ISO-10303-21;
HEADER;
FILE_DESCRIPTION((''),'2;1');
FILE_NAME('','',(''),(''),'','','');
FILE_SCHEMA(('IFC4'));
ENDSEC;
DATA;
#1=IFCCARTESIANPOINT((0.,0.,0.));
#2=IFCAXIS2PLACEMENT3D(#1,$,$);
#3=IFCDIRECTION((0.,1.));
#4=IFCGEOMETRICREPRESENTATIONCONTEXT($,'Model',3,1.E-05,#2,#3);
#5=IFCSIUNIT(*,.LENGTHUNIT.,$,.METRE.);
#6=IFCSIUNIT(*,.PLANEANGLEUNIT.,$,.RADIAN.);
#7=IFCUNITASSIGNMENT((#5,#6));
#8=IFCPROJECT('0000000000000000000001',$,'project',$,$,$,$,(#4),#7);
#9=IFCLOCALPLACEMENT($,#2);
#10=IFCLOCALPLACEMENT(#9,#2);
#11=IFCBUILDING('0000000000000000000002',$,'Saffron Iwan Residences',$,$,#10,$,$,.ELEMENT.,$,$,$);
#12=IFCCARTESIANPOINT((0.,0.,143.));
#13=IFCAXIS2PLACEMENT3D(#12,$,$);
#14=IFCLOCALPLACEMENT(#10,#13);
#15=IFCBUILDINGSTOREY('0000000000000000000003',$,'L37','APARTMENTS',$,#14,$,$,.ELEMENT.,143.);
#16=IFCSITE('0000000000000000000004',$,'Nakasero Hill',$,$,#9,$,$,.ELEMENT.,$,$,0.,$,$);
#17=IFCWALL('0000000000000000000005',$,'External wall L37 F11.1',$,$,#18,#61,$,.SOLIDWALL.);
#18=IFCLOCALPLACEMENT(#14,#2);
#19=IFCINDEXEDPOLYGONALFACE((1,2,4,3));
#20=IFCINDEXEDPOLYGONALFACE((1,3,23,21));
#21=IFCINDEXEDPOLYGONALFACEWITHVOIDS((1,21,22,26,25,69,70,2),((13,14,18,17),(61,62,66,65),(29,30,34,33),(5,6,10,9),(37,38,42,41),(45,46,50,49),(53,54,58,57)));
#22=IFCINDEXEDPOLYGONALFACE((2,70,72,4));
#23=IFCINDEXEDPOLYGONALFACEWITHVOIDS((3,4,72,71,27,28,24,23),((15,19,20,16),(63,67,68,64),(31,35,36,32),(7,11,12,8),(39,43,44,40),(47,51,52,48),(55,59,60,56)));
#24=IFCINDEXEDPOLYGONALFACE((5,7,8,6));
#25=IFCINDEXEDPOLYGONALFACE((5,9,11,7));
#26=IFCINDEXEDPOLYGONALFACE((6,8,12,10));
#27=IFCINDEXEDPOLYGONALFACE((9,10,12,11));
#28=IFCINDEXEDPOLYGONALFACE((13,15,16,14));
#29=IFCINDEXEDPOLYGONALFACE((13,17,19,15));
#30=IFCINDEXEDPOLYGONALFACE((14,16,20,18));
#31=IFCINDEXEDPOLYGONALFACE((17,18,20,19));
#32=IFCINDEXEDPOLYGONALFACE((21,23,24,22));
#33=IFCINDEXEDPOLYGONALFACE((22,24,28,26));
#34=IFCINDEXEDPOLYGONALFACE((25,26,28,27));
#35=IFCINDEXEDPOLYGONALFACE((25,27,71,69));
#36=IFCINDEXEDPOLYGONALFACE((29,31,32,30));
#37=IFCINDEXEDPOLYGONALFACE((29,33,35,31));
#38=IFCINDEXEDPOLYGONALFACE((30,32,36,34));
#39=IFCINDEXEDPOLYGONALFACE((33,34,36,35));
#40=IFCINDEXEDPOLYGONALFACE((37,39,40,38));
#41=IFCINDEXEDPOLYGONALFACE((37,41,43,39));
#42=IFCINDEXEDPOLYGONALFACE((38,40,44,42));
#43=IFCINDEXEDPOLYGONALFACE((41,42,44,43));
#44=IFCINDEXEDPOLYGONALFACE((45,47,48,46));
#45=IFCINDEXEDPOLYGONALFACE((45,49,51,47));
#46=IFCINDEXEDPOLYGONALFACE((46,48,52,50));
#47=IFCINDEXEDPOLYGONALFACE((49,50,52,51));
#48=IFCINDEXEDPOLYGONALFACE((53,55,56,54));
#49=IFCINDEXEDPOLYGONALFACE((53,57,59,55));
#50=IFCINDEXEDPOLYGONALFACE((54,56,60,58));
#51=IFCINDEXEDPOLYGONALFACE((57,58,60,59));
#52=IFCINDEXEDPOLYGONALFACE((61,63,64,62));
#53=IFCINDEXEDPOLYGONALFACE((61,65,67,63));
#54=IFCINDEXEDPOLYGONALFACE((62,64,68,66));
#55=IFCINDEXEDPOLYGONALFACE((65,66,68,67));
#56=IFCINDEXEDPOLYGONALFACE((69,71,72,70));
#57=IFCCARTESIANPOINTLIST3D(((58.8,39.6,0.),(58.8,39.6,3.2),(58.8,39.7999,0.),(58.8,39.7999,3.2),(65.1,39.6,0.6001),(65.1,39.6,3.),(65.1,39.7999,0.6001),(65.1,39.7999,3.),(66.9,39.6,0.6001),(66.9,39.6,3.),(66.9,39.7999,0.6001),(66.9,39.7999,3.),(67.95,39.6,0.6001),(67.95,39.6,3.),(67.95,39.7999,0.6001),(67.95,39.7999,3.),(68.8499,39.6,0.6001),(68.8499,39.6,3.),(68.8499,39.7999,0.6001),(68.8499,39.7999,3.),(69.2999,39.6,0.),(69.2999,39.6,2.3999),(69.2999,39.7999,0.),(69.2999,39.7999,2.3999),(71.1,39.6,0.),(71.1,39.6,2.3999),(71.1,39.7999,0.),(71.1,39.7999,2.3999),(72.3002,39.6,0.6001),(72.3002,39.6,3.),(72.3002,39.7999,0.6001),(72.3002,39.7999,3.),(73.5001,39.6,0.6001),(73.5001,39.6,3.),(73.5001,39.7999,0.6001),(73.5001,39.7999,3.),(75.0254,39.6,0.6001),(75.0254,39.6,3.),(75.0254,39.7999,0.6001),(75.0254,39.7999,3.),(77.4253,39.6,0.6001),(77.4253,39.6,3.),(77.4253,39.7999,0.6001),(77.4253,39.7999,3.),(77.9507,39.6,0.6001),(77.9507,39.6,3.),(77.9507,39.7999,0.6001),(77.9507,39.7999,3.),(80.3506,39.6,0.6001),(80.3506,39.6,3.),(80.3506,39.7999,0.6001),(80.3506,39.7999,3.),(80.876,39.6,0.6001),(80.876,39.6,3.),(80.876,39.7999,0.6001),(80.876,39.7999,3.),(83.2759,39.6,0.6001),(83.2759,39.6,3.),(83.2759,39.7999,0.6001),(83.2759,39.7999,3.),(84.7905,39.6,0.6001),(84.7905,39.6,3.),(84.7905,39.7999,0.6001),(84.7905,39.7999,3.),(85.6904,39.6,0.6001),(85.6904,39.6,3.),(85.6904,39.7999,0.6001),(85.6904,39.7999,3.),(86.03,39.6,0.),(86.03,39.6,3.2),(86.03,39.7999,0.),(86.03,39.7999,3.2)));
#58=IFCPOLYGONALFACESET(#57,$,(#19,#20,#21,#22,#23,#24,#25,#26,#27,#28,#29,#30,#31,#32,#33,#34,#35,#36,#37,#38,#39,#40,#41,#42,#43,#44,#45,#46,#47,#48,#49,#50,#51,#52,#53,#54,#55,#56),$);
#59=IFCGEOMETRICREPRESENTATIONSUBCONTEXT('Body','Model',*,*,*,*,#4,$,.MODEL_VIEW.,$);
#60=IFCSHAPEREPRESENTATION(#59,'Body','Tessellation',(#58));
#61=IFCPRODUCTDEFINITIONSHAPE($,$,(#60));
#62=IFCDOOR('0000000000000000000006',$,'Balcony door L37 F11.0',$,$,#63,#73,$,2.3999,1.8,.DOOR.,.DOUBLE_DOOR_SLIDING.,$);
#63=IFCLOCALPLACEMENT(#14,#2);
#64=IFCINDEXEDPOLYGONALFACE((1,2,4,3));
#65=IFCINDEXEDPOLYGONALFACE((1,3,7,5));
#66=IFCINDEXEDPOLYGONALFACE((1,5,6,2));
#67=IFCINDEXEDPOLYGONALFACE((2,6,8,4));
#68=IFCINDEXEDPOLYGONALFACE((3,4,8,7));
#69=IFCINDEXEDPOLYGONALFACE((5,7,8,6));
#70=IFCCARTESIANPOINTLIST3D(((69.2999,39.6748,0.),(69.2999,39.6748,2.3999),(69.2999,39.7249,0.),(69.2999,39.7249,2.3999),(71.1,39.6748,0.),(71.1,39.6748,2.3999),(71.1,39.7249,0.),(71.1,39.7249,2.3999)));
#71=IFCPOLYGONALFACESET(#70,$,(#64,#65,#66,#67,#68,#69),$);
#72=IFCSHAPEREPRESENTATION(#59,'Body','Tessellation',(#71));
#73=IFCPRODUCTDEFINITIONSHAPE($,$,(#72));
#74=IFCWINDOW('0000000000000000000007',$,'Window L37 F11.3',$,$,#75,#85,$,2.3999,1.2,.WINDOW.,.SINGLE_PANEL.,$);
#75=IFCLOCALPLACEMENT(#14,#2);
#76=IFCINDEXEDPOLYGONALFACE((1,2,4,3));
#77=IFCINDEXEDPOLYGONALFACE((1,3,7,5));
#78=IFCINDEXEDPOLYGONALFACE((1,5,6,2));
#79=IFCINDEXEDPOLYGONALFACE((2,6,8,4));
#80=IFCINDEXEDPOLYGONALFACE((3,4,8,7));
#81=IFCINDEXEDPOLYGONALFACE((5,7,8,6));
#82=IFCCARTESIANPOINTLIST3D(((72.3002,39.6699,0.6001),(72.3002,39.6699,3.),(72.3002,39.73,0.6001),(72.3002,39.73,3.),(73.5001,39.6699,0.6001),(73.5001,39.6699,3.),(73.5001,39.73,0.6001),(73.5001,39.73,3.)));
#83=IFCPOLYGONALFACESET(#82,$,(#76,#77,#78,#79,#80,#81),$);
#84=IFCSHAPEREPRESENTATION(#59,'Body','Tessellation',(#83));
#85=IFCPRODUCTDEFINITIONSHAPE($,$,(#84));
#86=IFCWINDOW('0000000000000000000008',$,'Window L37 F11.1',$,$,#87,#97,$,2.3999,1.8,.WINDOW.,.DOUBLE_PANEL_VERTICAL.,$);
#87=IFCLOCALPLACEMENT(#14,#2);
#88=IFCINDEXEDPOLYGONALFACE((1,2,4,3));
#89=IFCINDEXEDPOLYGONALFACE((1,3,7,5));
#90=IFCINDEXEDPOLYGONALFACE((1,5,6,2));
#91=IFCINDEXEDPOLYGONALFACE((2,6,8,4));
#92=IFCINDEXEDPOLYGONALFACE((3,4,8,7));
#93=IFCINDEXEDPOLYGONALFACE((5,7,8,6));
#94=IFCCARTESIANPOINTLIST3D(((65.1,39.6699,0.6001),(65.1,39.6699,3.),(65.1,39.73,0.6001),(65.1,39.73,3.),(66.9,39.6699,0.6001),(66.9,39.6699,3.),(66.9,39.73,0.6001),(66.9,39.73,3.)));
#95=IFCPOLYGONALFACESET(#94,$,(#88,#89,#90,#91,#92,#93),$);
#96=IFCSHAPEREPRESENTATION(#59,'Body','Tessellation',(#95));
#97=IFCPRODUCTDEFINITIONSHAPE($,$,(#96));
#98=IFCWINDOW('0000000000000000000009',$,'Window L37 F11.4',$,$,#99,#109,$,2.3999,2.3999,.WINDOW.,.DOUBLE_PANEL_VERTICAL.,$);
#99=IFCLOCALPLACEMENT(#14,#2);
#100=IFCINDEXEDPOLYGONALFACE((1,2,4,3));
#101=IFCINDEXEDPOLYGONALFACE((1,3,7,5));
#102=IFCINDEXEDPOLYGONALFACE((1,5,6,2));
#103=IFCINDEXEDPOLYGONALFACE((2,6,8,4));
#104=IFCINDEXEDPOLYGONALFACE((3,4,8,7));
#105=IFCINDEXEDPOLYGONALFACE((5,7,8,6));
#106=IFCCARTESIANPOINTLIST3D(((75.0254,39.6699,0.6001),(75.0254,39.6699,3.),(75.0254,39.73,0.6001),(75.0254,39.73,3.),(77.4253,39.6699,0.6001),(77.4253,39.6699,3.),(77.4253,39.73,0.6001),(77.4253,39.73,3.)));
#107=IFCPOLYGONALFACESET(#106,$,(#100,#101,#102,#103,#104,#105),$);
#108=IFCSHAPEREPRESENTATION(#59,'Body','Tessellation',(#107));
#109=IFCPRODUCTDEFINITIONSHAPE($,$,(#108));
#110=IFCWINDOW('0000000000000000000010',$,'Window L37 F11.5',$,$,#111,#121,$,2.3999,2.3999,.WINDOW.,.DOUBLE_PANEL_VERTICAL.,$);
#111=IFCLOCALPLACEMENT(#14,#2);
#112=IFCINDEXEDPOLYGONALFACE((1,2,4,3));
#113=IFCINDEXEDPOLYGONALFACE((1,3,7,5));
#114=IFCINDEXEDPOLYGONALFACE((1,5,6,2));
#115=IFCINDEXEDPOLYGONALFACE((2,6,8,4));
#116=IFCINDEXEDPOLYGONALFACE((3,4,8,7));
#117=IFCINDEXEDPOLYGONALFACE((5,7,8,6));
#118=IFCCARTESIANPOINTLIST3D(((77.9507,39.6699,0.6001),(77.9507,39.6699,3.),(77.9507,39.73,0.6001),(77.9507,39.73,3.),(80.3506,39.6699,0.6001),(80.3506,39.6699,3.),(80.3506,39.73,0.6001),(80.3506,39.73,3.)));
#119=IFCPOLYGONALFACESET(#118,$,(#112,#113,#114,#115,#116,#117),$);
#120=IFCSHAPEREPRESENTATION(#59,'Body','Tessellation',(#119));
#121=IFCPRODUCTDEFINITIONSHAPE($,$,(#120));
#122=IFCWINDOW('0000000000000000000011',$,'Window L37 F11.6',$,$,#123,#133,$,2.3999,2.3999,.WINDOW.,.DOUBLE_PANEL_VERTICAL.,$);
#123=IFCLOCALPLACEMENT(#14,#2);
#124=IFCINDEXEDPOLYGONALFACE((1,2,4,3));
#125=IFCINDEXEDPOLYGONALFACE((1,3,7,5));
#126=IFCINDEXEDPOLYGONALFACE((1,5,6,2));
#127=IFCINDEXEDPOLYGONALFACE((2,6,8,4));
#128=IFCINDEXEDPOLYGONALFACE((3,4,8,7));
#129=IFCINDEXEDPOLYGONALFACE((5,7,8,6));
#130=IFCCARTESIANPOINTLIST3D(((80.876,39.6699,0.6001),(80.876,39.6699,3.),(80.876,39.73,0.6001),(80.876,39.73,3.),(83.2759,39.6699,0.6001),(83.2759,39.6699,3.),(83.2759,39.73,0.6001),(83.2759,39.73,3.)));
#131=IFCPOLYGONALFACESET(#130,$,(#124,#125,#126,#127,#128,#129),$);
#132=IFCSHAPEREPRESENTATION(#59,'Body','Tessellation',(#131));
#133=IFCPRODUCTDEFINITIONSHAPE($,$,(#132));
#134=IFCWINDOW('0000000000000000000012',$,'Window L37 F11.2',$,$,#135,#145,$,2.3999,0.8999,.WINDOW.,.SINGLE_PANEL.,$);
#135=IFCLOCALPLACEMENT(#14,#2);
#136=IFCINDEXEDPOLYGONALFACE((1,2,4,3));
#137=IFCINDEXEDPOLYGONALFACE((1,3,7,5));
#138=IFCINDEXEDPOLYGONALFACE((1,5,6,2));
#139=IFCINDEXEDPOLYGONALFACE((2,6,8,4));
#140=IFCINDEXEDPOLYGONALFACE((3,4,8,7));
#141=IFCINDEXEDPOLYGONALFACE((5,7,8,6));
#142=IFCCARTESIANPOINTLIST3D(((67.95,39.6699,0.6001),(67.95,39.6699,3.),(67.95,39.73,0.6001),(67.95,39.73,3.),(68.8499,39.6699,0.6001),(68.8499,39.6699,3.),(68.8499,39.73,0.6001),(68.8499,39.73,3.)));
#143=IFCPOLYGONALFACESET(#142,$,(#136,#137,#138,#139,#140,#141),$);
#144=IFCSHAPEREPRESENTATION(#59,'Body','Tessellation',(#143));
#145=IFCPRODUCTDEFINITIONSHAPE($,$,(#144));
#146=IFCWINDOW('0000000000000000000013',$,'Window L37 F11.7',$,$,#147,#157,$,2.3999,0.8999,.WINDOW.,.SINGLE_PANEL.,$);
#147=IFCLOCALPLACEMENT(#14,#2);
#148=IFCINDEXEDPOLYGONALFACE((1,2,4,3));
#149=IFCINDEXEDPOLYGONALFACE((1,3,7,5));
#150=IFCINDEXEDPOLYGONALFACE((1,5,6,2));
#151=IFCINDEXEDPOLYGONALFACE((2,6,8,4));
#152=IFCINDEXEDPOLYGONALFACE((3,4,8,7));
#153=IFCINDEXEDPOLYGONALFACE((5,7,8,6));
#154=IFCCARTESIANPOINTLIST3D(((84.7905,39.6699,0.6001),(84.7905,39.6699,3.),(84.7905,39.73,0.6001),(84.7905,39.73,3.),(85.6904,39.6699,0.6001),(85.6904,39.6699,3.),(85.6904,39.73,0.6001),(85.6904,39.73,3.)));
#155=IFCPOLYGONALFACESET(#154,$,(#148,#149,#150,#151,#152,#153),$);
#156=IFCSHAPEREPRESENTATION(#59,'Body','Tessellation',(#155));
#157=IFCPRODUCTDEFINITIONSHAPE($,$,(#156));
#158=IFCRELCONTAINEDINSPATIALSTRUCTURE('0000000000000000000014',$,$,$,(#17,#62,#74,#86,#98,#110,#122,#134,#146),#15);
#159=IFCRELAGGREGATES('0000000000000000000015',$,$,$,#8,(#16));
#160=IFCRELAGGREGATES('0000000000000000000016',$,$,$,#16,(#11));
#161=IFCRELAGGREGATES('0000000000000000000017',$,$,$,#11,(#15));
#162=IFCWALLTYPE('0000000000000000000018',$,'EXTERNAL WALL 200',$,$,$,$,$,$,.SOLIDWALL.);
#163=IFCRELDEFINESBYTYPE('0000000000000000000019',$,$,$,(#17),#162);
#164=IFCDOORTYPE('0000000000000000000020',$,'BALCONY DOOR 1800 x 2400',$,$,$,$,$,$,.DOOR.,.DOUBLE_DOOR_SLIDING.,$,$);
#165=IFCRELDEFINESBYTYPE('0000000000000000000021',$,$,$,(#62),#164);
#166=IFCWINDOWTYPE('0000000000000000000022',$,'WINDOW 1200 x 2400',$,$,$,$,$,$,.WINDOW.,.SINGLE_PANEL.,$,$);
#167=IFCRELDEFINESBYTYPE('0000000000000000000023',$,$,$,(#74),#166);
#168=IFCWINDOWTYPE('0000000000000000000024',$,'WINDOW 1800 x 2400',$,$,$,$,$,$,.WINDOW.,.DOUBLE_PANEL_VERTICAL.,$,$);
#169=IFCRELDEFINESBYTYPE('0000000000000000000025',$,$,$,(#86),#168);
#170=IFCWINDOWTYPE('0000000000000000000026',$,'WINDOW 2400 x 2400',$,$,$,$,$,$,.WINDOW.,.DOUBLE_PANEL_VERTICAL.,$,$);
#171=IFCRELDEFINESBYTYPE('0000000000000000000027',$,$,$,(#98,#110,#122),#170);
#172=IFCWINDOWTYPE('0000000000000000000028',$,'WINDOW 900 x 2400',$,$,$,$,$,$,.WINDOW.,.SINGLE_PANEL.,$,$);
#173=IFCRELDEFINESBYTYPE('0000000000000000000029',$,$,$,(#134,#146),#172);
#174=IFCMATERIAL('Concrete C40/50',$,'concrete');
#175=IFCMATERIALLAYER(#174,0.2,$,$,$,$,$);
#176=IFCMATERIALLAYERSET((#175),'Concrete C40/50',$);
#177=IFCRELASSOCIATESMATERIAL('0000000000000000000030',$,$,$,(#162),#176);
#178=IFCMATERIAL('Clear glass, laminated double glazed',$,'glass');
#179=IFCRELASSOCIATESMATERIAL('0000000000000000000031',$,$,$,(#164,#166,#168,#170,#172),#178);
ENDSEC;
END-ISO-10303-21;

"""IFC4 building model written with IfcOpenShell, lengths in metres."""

from ifc_helpers import new_model, si_unit, direction, frame, frame_2d, origin, place, context, subcontext, project, spatial, rectangle, extrude, material, layer, layer_set, type_object, element, fill, save


model = new_model("IFC4")

# Units and contexts
model_context = context("Model", 3, precision=1e-05, world=origin(), true_north=direction((0.0, 1.0)))
body_context = subcontext(model_context, "Body", "Model", "MODEL_VIEW")
ifc_project = project(units=[si_unit("LENGTHUNIT", "METRE"), si_unit("PLANEANGLEUNIT", "RADIAN")], contexts=[model_context])

# Site, building, storey
site_placement = place(None, origin())
site = spatial("IfcSite", under=ifc_project, at=site_placement, Name="Nakasero Hill", CompositionType="ELEMENT", RefElevation=0.0)
building_placement = place(site_placement, origin())
building = spatial("IfcBuilding", under=site, at=building_placement, Name="Saffron Iwan Residences", CompositionType="ELEMENT")
storey_placement = place(building_placement, frame((0.0, 0.0, 143.0)))
storey = spatial("IfcBuildingStorey", under=building, at=storey_placement, Name="L37", Description="APARTMENTS", CompositionType="ELEMENT", Elevation=143.0)

# Wall, openings, door, windows
ifc_material_1 = material(Name="Concrete C40/50", Category="concrete")
ifc_layer_1 = layer(ifc_material_1, 0.2)
ifc_layer_set_1 = layer_set([ifc_layer_1], Name="Concrete C40/50")
wall_type_1 = type_object("IfcWallType", Name="EXTERNAL WALL 200", PredefinedType="SOLIDWALL", material=ifc_layer_set_1)
wall_1_placement = place(storey_placement, frame((58.8, 39.7, 0.0), z_axis=(0.0, 0.0, 1.0), x_axis=(1.0, 0.0, 0.0)))
wall_1 = element("IfcWall", 1, at=wall_1_placement, inside=storey, type_object=wall_type_1, Name="External wall L37 F11.1", PredefinedType="SOLIDWALL", context=body_context, shape_type="SweptSolid", body=[
    extrude(rectangle(XDim=27.23, YDim=0.2, at=frame_2d((13.615, 0.0))), origin(), (0.0, 0.0, 1.0), 3.2),
])
opening_1_placement = place(wall_1_placement, frame((10.5, 0.0, 0.0)))
opening_1 = element("IfcOpeningElement", 2, at=opening_1_placement, cuts=wall_1, PredefinedType="OPENING", context=body_context, shape_type="SweptSolid", body=[
    extrude(rectangle(XDim=1.8, YDim=2.3999, at=frame_2d((0.8999, 1.2))), frame((0.0, 0.1099, 0.0), z_axis=(0.0, -1.0, 0.0), x_axis=(1.0, 0.0, 0.0)), (0.0, 0.0, 1.0), 0.22),
])
opening_2_placement = place(wall_1_placement, frame((6.3, 0.0, 0.6001)))
opening_2 = element("IfcOpeningElement", 3, at=opening_2_placement, cuts=wall_1, PredefinedType="OPENING", context=body_context, shape_type="SweptSolid", body=[
    extrude(rectangle(XDim=1.8, YDim=2.3999, at=frame_2d((0.8999, 1.2))), frame((0.0, 0.1099, 0.0), z_axis=(0.0, -1.0, 0.0), x_axis=(1.0, 0.0, 0.0)), (0.0, 0.0, 1.0), 0.22),
])
opening_3_placement = place(wall_1_placement, frame((9.1499, 0.0, 0.6001)))
opening_3 = element("IfcOpeningElement", 4, at=opening_3_placement, cuts=wall_1, PredefinedType="OPENING", context=body_context, shape_type="SweptSolid", body=[
    extrude(rectangle(XDim=0.8999, YDim=2.3999, at=frame_2d((0.45, 1.2))), frame((0.0, 0.1099, 0.0), z_axis=(0.0, -1.0, 0.0), x_axis=(1.0, 0.0, 0.0)), (0.0, 0.0, 1.0), 0.22),
])
opening_4_placement = place(wall_1_placement, frame((13.5, 0.0, 0.6001)))
opening_4 = element("IfcOpeningElement", 5, at=opening_4_placement, cuts=wall_1, PredefinedType="OPENING", context=body_context, shape_type="SweptSolid", body=[
    extrude(rectangle(XDim=1.2, YDim=2.3999, at=frame_2d((0.6001, 1.2))), frame((0.0, 0.1099, 0.0), z_axis=(0.0, -1.0, 0.0), x_axis=(1.0, 0.0, 0.0)), (0.0, 0.0, 1.0), 0.22),
])
opening_5_placement = place(wall_1_placement, frame((16.2253, 0.0, 0.6001)))
opening_5 = element("IfcOpeningElement", 6, at=opening_5_placement, cuts=wall_1, PredefinedType="OPENING", context=body_context, shape_type="SweptSolid", body=[
    extrude(rectangle(XDim=2.3999, YDim=2.3999, at=frame_2d((1.2, 1.2))), frame((0.0, 0.1099, 0.0), z_axis=(0.0, -1.0, 0.0), x_axis=(1.0, 0.0, 0.0)), (0.0, 0.0, 1.0), 0.22),
])
opening_6_placement = place(wall_1_placement, frame((19.1506, 0.0, 0.6001)))
opening_6 = element("IfcOpeningElement", 7, at=opening_6_placement, cuts=wall_1, PredefinedType="OPENING", context=body_context, shape_type="SweptSolid", body=[
    extrude(rectangle(XDim=2.3999, YDim=2.3999, at=frame_2d((1.2, 1.2))), frame((0.0, 0.1099, 0.0), z_axis=(0.0, -1.0, 0.0), x_axis=(1.0, 0.0, 0.0)), (0.0, 0.0, 1.0), 0.22),
])
opening_7_placement = place(wall_1_placement, frame((22.0759, 0.0, 0.6001)))
opening_7 = element("IfcOpeningElement", 8, at=opening_7_placement, cuts=wall_1, PredefinedType="OPENING", context=body_context, shape_type="SweptSolid", body=[
    extrude(rectangle(XDim=2.3999, YDim=2.3999, at=frame_2d((1.2, 1.2))), frame((0.0, 0.1099, 0.0), z_axis=(0.0, -1.0, 0.0), x_axis=(1.0, 0.0, 0.0)), (0.0, 0.0, 1.0), 0.22),
])
opening_8_placement = place(wall_1_placement, frame((25.9905, 0.0, 0.6001)))
opening_8 = element("IfcOpeningElement", 9, at=opening_8_placement, cuts=wall_1, PredefinedType="OPENING", context=body_context, shape_type="SweptSolid", body=[
    extrude(rectangle(XDim=0.8999, YDim=2.3999, at=frame_2d((0.45, 1.2))), frame((0.0, 0.1099, 0.0), z_axis=(0.0, -1.0, 0.0), x_axis=(1.0, 0.0, 0.0)), (0.0, 0.0, 1.0), 0.22),
])
ifc_material_2 = material(Name="Clear glass, laminated double glazed", Category="glass")
door_type_1 = type_object("IfcDoorType", Name="BALCONY DOOR 1800 x 2400", OperationType="DOUBLE_DOOR_SLIDING", PredefinedType="DOOR", material=ifc_material_2)
door_1_placement = place(opening_1_placement, origin())
door_1 = element("IfcDoor", 10, at=door_1_placement, inside=storey, type_object=door_type_1, Name="Balcony door L37 F11.0", OperationType="DOUBLE_DOOR_SLIDING", OverallHeight=2.3999, OverallWidth=1.8, PredefinedType="DOOR", context=body_context, shape_type="SweptSolid", body=[
    extrude(rectangle(XDim=1.8, YDim=2.3999, at=frame_2d((0.8999, 1.2))), frame((0.0, 0.0249, 0.0), z_axis=(0.0, -1.0, 0.0), x_axis=(1.0, 0.0, 0.0)), (0.0, 0.0, 1.0), 0.05),
])
fill(opening_1, door_1)
window_type_1 = type_object("IfcWindowType", Name="WINDOW 1200 x 2400", PartitioningType="SINGLE_PANEL", PredefinedType="WINDOW", material=ifc_material_2)
window_1_placement = place(opening_4_placement, origin())
window_1 = element("IfcWindow", 11, at=window_1_placement, inside=storey, type_object=window_type_1, Name="Window L37 F11.3", OverallHeight=2.3999, OverallWidth=1.2, PartitioningType="SINGLE_PANEL", PredefinedType="WINDOW", context=body_context, shape_type="SweptSolid", body=[
    extrude(rectangle(XDim=1.2, YDim=2.3999, at=frame_2d((0.6001, 1.2))), frame((0.0, 0.03, 0.0), z_axis=(0.0, -1.0, 0.0), x_axis=(1.0, 0.0, 0.0)), (0.0, 0.0, 1.0), 0.0601),
])
fill(opening_4, window_1)
window_type_2 = type_object("IfcWindowType", Name="WINDOW 1800 x 2400", PartitioningType="DOUBLE_PANEL_VERTICAL", PredefinedType="WINDOW", material=ifc_material_2)
window_2_placement = place(opening_2_placement, origin())
window_2 = element("IfcWindow", 12, at=window_2_placement, inside=storey, type_object=window_type_2, Name="Window L37 F11.1", OverallHeight=2.3999, OverallWidth=1.8, PartitioningType="DOUBLE_PANEL_VERTICAL", PredefinedType="WINDOW", context=body_context, shape_type="SweptSolid", body=[
    extrude(rectangle(XDim=1.8, YDim=2.3999, at=frame_2d((0.8999, 1.2))), frame((0.0, 0.03, 0.0), z_axis=(0.0, -1.0, 0.0), x_axis=(1.0, 0.0, 0.0)), (0.0, 0.0, 1.0), 0.0601),
])
fill(opening_2, window_2)
window_type_3 = type_object("IfcWindowType", Name="WINDOW 2400 x 2400", PartitioningType="DOUBLE_PANEL_VERTICAL", PredefinedType="WINDOW", material=ifc_material_2)
window_3_placement = place(opening_5_placement, origin())
window_3 = element("IfcWindow", 13, at=window_3_placement, inside=storey, type_object=window_type_3, Name="Window L37 F11.4", OverallHeight=2.3999, OverallWidth=2.3999, PartitioningType="DOUBLE_PANEL_VERTICAL", PredefinedType="WINDOW", context=body_context, shape_type="SweptSolid", body=[
    extrude(rectangle(XDim=2.3999, YDim=2.3999, at=frame_2d((1.2, 1.2))), frame((0.0, 0.03, 0.0), z_axis=(0.0, -1.0, 0.0), x_axis=(1.0, 0.0, 0.0)), (0.0, 0.0, 1.0), 0.0601),
])
fill(opening_5, window_3)
window_4_placement = place(opening_6_placement, origin())
window_4 = element("IfcWindow", 14, at=window_4_placement, inside=storey, type_object=window_type_3, Name="Window L37 F11.5", OverallHeight=2.3999, OverallWidth=2.3999, PartitioningType="DOUBLE_PANEL_VERTICAL", PredefinedType="WINDOW", context=body_context, shape_type="SweptSolid", body=[
    extrude(rectangle(XDim=2.3999, YDim=2.3999, at=frame_2d((1.2, 1.2))), frame((0.0, 0.03, 0.0), z_axis=(0.0, -1.0, 0.0), x_axis=(1.0, 0.0, 0.0)), (0.0, 0.0, 1.0), 0.0601),
])
fill(opening_6, window_4)
window_5_placement = place(opening_7_placement, origin())
window_5 = element("IfcWindow", 15, at=window_5_placement, inside=storey, type_object=window_type_3, Name="Window L37 F11.6", OverallHeight=2.3999, OverallWidth=2.3999, PartitioningType="DOUBLE_PANEL_VERTICAL", PredefinedType="WINDOW", context=body_context, shape_type="SweptSolid", body=[
    extrude(rectangle(XDim=2.3999, YDim=2.3999, at=frame_2d((1.2, 1.2))), frame((0.0, 0.03, 0.0), z_axis=(0.0, -1.0, 0.0), x_axis=(1.0, 0.0, 0.0)), (0.0, 0.0, 1.0), 0.0601),
])
fill(opening_7, window_5)
window_type_4 = type_object("IfcWindowType", Name="WINDOW 900 x 2400", PartitioningType="SINGLE_PANEL", PredefinedType="WINDOW", material=ifc_material_2)
window_6_placement = place(opening_3_placement, origin())
window_6 = element("IfcWindow", 16, at=window_6_placement, inside=storey, type_object=window_type_4, Name="Window L37 F11.2", OverallHeight=2.3999, OverallWidth=0.8999, PartitioningType="SINGLE_PANEL", PredefinedType="WINDOW", context=body_context, shape_type="SweptSolid", body=[
    extrude(rectangle(XDim=0.8999, YDim=2.3999, at=frame_2d((0.45, 1.2))), frame((0.0, 0.03, 0.0), z_axis=(0.0, -1.0, 0.0), x_axis=(1.0, 0.0, 0.0)), (0.0, 0.0, 1.0), 0.0601),
])
fill(opening_3, window_6)
window_7_placement = place(opening_8_placement, origin())
window_7 = element("IfcWindow", 17, at=window_7_placement, inside=storey, type_object=window_type_4, Name="Window L37 F11.7", OverallHeight=2.3999, OverallWidth=0.8999, PartitioningType="SINGLE_PANEL", PredefinedType="WINDOW", context=body_context, shape_type="SweptSolid", body=[
    extrude(rectangle(XDim=0.8999, YDim=2.3999, at=frame_2d((0.45, 1.2))), frame((0.0, 0.03, 0.0), z_axis=(0.0, -1.0, 0.0), x_axis=(1.0, 0.0, 0.0)), (0.0, 0.0, 1.0), 0.0601),
])
fill(opening_8, window_7)

save(model, "model.ifc")
